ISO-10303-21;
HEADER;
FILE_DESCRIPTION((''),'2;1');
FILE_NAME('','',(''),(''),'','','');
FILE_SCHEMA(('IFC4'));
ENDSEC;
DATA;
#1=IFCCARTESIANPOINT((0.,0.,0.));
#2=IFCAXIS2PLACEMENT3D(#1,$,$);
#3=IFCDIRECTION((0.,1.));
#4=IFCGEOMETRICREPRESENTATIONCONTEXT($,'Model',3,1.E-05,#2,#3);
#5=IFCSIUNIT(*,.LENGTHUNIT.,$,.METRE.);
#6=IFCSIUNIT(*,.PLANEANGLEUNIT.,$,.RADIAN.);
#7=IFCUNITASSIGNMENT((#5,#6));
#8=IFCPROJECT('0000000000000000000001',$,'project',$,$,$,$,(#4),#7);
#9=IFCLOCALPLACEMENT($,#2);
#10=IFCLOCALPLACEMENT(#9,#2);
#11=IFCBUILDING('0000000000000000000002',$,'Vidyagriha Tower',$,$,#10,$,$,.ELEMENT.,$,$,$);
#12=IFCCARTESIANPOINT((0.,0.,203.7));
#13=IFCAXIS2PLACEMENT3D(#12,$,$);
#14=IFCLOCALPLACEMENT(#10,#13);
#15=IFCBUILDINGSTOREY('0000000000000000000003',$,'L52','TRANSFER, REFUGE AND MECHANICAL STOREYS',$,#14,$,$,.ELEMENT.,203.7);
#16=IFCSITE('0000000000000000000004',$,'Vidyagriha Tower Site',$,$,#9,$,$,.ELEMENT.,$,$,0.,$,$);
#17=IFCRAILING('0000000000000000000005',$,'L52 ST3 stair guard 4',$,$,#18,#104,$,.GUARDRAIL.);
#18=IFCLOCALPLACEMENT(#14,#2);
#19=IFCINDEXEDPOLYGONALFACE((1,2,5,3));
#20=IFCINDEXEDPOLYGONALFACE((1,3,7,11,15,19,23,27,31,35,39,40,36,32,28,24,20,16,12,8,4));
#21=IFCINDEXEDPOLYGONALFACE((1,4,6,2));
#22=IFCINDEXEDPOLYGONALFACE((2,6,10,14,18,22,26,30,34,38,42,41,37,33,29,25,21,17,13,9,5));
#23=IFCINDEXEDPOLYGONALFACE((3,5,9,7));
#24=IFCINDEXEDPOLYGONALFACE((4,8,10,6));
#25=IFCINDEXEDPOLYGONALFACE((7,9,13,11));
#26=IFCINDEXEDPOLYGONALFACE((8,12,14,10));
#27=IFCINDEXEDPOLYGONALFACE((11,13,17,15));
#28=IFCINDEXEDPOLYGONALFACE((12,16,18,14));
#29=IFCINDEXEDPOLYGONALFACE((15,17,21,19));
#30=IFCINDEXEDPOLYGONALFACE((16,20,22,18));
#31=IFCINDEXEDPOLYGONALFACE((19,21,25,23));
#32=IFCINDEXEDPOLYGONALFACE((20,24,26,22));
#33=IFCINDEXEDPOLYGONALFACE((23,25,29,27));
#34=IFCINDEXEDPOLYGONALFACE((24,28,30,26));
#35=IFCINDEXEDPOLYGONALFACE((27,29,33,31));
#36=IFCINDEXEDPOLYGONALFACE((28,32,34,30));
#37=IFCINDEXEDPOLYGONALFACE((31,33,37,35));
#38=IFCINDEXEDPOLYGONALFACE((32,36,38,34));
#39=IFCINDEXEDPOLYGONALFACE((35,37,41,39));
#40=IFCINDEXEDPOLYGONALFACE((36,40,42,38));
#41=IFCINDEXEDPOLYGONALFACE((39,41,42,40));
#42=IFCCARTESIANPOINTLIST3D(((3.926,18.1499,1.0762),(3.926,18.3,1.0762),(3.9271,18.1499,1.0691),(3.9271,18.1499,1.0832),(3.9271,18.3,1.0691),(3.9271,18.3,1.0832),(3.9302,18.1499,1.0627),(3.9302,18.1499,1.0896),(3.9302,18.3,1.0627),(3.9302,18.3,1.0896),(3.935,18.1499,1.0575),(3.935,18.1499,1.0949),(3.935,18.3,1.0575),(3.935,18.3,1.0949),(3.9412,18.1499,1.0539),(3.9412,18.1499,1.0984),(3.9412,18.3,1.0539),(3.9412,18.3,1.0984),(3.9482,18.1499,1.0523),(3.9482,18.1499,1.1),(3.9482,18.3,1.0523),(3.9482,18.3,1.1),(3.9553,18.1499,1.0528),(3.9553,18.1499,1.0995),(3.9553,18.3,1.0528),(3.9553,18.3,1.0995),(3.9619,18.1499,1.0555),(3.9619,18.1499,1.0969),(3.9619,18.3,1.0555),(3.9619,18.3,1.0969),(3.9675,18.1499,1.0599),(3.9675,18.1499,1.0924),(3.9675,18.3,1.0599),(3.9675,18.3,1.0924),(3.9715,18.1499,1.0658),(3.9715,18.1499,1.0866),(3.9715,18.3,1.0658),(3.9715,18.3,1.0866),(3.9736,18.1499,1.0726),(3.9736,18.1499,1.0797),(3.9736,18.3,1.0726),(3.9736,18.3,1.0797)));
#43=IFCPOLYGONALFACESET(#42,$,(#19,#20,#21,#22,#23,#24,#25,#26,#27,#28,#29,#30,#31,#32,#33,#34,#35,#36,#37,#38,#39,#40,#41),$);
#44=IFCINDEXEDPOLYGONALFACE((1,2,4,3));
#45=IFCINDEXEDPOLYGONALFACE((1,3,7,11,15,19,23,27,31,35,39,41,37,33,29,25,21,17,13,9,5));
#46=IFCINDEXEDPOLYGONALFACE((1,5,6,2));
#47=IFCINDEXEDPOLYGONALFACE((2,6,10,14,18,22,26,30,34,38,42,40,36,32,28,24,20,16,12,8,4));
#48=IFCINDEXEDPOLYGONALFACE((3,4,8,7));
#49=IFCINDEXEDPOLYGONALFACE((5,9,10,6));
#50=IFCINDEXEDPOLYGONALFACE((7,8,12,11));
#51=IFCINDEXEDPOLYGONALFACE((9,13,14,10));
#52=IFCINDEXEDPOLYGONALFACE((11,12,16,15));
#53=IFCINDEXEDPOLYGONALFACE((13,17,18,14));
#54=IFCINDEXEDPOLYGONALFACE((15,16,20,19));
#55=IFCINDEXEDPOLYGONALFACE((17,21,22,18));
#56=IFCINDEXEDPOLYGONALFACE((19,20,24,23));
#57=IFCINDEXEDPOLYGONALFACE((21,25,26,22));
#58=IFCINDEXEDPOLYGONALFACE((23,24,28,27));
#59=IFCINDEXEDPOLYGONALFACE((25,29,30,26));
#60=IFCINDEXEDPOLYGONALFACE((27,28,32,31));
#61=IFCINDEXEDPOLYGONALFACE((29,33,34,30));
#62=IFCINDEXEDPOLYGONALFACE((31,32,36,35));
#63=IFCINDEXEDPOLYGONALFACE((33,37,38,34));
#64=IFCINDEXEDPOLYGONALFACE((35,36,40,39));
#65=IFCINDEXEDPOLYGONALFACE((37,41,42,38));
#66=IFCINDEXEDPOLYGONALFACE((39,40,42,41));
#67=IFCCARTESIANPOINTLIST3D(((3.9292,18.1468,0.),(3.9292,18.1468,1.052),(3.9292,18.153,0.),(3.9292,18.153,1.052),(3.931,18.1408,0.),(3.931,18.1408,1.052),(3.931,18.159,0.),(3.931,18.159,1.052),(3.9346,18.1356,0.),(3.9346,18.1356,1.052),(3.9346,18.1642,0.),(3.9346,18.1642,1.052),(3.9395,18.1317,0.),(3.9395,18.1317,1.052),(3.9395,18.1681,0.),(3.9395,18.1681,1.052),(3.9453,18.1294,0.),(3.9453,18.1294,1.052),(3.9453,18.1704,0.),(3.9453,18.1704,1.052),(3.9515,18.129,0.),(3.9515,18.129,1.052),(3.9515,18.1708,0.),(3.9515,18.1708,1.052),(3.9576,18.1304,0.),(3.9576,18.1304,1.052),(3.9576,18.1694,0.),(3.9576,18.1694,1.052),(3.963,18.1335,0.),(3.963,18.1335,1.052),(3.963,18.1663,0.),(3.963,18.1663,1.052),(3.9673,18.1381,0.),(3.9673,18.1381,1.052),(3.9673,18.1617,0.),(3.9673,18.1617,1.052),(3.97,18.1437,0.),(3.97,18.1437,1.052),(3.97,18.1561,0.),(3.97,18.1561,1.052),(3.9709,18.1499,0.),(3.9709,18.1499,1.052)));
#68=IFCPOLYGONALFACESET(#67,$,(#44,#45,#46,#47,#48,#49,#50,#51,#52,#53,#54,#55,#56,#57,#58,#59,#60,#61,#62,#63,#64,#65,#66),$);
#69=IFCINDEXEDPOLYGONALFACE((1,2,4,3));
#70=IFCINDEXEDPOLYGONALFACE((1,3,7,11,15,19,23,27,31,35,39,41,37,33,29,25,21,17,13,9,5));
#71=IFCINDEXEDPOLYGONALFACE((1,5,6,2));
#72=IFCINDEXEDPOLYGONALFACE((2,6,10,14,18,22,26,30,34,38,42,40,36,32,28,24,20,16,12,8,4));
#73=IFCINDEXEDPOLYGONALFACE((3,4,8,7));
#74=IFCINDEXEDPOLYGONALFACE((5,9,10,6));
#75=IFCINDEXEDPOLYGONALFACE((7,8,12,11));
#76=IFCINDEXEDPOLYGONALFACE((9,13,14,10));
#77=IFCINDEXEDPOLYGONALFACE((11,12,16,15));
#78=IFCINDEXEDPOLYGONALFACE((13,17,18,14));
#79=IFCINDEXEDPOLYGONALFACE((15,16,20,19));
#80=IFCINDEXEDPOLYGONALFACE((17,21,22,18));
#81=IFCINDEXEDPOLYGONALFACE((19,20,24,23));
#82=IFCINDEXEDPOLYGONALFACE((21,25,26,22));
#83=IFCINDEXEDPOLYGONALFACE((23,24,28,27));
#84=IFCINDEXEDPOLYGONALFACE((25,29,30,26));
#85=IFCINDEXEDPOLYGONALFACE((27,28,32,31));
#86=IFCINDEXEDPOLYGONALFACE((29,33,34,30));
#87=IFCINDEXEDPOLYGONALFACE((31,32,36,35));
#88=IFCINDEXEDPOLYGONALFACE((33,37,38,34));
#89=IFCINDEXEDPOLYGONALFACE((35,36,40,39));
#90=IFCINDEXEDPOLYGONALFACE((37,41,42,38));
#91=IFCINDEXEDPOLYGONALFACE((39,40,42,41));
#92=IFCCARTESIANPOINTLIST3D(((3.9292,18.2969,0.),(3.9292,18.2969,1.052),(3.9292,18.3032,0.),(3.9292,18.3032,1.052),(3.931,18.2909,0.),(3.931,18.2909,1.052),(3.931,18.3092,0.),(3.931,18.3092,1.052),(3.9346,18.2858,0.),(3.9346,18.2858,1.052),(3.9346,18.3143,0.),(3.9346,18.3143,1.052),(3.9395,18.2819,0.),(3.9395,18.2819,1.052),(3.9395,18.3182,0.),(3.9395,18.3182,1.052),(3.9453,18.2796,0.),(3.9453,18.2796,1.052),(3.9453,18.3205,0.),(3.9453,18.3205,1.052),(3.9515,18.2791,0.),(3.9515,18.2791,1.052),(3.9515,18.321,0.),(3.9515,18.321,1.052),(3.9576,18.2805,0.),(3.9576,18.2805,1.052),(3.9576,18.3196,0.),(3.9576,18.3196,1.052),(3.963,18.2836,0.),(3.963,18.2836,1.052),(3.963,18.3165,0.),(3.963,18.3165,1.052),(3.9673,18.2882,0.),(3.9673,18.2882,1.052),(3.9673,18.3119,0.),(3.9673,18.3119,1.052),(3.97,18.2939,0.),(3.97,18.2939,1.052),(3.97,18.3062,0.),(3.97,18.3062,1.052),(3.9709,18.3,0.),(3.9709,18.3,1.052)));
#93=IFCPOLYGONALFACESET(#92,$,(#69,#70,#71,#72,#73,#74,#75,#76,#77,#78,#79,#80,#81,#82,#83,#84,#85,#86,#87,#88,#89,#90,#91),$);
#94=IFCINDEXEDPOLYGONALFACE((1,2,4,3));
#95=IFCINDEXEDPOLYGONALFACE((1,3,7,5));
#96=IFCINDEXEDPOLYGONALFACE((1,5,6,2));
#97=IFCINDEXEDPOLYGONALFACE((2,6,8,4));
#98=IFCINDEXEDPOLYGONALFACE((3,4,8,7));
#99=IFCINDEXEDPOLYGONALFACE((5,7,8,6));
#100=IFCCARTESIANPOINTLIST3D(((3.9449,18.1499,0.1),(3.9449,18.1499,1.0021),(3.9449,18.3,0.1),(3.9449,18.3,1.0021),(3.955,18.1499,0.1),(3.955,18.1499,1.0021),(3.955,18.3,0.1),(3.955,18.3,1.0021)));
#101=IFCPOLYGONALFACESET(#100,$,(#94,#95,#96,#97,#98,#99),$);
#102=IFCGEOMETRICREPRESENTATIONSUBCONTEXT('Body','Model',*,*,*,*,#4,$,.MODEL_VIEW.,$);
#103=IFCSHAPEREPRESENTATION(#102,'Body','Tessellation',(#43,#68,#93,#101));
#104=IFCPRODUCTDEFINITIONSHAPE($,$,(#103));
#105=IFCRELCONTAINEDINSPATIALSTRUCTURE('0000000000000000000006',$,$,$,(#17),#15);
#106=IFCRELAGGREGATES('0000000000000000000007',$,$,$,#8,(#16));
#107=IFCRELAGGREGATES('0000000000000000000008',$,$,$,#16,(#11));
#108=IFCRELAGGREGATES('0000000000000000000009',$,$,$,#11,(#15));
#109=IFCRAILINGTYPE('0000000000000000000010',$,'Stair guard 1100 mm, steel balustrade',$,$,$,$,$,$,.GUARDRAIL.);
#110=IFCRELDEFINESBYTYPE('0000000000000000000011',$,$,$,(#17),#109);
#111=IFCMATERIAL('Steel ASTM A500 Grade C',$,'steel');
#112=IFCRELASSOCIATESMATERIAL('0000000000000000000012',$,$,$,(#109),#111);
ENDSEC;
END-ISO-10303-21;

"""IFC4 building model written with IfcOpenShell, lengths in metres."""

from ifc_helpers import new_model, si_unit, direction, frame, origin, origin_2d, place, context, subcontext, project, spatial, rectangle, circle, extrude, material, type_object, element, save


model = new_model("IFC4")

# Units and contexts
model_context = context("Model", 3, precision=1e-05, world=origin(), true_north=direction((0.0, 1.0)))
body_context = subcontext(model_context, "Body", "Model", "MODEL_VIEW")
ifc_project = project(units=[si_unit("LENGTHUNIT", "METRE"), si_unit("PLANEANGLEUNIT", "RADIAN")], contexts=[model_context])

# Site, building, storey
site_placement = place(None, origin())
site = spatial("IfcSite", under=ifc_project, at=site_placement, Name="Vidyagriha Tower Site", CompositionType="ELEMENT", RefElevation=0.0)
building_placement = place(site_placement, origin())
building = spatial("IfcBuilding", under=site, at=building_placement, Name="Vidyagriha Tower", CompositionType="ELEMENT")
storey_placement = place(building_placement, frame((0.0, 0.0, 203.7)))
storey = spatial("IfcBuildingStorey", under=building, at=storey_placement, Name="L52", Description="TRANSFER, REFUGE AND MECHANICAL STOREYS", CompositionType="ELEMENT", Elevation=203.7)

# Railing
ifc_material_1 = material(Name="Steel ASTM A500 Grade C", Category="steel")
railing_type_1 = type_object("IfcRailingType", Name="Stair guard 1100 mm, steel balustrade", PredefinedType="GUARDRAIL", material=ifc_material_1)
railing_1_placement = place(storey_placement, frame((3.95, 18.1499, 0.0)))
element("IfcRailing", 1, at=railing_1_placement, inside=storey, type_object=railing_type_1, Name="L52 ST3 stair guard 4", PredefinedType="GUARDRAIL", context=body_context, shape_type="SweptSolid", body=[
    extrude(circle(Radius=0.0239, at=origin_2d()), frame((0.0, 0.0, 1.0762), z_axis=(0.0, 1.0, 0.0), x_axis=(-1.0, 0.0, 0.0)), (0.0, 0.0, 1.0), 0.1501),
    extrude(circle(Radius=0.021, at=origin_2d()), origin(), (0.0, 0.0, 1.0), 1.052),
    extrude(circle(Radius=0.021, at=origin_2d()), frame((0.0, 0.1501, 0.0)), (0.0, 0.0, 1.0), 1.052),
    extrude(rectangle(XDim=0.01, YDim=0.9021, at=origin_2d()), frame((0.0, 0.0, 0.551), z_axis=(0.0, 1.0, 0.0), x_axis=(-1.0, 0.0, 0.0)), (0.0, 0.0, 1.0), 0.1501),
])

save(model, "model.ifc")
